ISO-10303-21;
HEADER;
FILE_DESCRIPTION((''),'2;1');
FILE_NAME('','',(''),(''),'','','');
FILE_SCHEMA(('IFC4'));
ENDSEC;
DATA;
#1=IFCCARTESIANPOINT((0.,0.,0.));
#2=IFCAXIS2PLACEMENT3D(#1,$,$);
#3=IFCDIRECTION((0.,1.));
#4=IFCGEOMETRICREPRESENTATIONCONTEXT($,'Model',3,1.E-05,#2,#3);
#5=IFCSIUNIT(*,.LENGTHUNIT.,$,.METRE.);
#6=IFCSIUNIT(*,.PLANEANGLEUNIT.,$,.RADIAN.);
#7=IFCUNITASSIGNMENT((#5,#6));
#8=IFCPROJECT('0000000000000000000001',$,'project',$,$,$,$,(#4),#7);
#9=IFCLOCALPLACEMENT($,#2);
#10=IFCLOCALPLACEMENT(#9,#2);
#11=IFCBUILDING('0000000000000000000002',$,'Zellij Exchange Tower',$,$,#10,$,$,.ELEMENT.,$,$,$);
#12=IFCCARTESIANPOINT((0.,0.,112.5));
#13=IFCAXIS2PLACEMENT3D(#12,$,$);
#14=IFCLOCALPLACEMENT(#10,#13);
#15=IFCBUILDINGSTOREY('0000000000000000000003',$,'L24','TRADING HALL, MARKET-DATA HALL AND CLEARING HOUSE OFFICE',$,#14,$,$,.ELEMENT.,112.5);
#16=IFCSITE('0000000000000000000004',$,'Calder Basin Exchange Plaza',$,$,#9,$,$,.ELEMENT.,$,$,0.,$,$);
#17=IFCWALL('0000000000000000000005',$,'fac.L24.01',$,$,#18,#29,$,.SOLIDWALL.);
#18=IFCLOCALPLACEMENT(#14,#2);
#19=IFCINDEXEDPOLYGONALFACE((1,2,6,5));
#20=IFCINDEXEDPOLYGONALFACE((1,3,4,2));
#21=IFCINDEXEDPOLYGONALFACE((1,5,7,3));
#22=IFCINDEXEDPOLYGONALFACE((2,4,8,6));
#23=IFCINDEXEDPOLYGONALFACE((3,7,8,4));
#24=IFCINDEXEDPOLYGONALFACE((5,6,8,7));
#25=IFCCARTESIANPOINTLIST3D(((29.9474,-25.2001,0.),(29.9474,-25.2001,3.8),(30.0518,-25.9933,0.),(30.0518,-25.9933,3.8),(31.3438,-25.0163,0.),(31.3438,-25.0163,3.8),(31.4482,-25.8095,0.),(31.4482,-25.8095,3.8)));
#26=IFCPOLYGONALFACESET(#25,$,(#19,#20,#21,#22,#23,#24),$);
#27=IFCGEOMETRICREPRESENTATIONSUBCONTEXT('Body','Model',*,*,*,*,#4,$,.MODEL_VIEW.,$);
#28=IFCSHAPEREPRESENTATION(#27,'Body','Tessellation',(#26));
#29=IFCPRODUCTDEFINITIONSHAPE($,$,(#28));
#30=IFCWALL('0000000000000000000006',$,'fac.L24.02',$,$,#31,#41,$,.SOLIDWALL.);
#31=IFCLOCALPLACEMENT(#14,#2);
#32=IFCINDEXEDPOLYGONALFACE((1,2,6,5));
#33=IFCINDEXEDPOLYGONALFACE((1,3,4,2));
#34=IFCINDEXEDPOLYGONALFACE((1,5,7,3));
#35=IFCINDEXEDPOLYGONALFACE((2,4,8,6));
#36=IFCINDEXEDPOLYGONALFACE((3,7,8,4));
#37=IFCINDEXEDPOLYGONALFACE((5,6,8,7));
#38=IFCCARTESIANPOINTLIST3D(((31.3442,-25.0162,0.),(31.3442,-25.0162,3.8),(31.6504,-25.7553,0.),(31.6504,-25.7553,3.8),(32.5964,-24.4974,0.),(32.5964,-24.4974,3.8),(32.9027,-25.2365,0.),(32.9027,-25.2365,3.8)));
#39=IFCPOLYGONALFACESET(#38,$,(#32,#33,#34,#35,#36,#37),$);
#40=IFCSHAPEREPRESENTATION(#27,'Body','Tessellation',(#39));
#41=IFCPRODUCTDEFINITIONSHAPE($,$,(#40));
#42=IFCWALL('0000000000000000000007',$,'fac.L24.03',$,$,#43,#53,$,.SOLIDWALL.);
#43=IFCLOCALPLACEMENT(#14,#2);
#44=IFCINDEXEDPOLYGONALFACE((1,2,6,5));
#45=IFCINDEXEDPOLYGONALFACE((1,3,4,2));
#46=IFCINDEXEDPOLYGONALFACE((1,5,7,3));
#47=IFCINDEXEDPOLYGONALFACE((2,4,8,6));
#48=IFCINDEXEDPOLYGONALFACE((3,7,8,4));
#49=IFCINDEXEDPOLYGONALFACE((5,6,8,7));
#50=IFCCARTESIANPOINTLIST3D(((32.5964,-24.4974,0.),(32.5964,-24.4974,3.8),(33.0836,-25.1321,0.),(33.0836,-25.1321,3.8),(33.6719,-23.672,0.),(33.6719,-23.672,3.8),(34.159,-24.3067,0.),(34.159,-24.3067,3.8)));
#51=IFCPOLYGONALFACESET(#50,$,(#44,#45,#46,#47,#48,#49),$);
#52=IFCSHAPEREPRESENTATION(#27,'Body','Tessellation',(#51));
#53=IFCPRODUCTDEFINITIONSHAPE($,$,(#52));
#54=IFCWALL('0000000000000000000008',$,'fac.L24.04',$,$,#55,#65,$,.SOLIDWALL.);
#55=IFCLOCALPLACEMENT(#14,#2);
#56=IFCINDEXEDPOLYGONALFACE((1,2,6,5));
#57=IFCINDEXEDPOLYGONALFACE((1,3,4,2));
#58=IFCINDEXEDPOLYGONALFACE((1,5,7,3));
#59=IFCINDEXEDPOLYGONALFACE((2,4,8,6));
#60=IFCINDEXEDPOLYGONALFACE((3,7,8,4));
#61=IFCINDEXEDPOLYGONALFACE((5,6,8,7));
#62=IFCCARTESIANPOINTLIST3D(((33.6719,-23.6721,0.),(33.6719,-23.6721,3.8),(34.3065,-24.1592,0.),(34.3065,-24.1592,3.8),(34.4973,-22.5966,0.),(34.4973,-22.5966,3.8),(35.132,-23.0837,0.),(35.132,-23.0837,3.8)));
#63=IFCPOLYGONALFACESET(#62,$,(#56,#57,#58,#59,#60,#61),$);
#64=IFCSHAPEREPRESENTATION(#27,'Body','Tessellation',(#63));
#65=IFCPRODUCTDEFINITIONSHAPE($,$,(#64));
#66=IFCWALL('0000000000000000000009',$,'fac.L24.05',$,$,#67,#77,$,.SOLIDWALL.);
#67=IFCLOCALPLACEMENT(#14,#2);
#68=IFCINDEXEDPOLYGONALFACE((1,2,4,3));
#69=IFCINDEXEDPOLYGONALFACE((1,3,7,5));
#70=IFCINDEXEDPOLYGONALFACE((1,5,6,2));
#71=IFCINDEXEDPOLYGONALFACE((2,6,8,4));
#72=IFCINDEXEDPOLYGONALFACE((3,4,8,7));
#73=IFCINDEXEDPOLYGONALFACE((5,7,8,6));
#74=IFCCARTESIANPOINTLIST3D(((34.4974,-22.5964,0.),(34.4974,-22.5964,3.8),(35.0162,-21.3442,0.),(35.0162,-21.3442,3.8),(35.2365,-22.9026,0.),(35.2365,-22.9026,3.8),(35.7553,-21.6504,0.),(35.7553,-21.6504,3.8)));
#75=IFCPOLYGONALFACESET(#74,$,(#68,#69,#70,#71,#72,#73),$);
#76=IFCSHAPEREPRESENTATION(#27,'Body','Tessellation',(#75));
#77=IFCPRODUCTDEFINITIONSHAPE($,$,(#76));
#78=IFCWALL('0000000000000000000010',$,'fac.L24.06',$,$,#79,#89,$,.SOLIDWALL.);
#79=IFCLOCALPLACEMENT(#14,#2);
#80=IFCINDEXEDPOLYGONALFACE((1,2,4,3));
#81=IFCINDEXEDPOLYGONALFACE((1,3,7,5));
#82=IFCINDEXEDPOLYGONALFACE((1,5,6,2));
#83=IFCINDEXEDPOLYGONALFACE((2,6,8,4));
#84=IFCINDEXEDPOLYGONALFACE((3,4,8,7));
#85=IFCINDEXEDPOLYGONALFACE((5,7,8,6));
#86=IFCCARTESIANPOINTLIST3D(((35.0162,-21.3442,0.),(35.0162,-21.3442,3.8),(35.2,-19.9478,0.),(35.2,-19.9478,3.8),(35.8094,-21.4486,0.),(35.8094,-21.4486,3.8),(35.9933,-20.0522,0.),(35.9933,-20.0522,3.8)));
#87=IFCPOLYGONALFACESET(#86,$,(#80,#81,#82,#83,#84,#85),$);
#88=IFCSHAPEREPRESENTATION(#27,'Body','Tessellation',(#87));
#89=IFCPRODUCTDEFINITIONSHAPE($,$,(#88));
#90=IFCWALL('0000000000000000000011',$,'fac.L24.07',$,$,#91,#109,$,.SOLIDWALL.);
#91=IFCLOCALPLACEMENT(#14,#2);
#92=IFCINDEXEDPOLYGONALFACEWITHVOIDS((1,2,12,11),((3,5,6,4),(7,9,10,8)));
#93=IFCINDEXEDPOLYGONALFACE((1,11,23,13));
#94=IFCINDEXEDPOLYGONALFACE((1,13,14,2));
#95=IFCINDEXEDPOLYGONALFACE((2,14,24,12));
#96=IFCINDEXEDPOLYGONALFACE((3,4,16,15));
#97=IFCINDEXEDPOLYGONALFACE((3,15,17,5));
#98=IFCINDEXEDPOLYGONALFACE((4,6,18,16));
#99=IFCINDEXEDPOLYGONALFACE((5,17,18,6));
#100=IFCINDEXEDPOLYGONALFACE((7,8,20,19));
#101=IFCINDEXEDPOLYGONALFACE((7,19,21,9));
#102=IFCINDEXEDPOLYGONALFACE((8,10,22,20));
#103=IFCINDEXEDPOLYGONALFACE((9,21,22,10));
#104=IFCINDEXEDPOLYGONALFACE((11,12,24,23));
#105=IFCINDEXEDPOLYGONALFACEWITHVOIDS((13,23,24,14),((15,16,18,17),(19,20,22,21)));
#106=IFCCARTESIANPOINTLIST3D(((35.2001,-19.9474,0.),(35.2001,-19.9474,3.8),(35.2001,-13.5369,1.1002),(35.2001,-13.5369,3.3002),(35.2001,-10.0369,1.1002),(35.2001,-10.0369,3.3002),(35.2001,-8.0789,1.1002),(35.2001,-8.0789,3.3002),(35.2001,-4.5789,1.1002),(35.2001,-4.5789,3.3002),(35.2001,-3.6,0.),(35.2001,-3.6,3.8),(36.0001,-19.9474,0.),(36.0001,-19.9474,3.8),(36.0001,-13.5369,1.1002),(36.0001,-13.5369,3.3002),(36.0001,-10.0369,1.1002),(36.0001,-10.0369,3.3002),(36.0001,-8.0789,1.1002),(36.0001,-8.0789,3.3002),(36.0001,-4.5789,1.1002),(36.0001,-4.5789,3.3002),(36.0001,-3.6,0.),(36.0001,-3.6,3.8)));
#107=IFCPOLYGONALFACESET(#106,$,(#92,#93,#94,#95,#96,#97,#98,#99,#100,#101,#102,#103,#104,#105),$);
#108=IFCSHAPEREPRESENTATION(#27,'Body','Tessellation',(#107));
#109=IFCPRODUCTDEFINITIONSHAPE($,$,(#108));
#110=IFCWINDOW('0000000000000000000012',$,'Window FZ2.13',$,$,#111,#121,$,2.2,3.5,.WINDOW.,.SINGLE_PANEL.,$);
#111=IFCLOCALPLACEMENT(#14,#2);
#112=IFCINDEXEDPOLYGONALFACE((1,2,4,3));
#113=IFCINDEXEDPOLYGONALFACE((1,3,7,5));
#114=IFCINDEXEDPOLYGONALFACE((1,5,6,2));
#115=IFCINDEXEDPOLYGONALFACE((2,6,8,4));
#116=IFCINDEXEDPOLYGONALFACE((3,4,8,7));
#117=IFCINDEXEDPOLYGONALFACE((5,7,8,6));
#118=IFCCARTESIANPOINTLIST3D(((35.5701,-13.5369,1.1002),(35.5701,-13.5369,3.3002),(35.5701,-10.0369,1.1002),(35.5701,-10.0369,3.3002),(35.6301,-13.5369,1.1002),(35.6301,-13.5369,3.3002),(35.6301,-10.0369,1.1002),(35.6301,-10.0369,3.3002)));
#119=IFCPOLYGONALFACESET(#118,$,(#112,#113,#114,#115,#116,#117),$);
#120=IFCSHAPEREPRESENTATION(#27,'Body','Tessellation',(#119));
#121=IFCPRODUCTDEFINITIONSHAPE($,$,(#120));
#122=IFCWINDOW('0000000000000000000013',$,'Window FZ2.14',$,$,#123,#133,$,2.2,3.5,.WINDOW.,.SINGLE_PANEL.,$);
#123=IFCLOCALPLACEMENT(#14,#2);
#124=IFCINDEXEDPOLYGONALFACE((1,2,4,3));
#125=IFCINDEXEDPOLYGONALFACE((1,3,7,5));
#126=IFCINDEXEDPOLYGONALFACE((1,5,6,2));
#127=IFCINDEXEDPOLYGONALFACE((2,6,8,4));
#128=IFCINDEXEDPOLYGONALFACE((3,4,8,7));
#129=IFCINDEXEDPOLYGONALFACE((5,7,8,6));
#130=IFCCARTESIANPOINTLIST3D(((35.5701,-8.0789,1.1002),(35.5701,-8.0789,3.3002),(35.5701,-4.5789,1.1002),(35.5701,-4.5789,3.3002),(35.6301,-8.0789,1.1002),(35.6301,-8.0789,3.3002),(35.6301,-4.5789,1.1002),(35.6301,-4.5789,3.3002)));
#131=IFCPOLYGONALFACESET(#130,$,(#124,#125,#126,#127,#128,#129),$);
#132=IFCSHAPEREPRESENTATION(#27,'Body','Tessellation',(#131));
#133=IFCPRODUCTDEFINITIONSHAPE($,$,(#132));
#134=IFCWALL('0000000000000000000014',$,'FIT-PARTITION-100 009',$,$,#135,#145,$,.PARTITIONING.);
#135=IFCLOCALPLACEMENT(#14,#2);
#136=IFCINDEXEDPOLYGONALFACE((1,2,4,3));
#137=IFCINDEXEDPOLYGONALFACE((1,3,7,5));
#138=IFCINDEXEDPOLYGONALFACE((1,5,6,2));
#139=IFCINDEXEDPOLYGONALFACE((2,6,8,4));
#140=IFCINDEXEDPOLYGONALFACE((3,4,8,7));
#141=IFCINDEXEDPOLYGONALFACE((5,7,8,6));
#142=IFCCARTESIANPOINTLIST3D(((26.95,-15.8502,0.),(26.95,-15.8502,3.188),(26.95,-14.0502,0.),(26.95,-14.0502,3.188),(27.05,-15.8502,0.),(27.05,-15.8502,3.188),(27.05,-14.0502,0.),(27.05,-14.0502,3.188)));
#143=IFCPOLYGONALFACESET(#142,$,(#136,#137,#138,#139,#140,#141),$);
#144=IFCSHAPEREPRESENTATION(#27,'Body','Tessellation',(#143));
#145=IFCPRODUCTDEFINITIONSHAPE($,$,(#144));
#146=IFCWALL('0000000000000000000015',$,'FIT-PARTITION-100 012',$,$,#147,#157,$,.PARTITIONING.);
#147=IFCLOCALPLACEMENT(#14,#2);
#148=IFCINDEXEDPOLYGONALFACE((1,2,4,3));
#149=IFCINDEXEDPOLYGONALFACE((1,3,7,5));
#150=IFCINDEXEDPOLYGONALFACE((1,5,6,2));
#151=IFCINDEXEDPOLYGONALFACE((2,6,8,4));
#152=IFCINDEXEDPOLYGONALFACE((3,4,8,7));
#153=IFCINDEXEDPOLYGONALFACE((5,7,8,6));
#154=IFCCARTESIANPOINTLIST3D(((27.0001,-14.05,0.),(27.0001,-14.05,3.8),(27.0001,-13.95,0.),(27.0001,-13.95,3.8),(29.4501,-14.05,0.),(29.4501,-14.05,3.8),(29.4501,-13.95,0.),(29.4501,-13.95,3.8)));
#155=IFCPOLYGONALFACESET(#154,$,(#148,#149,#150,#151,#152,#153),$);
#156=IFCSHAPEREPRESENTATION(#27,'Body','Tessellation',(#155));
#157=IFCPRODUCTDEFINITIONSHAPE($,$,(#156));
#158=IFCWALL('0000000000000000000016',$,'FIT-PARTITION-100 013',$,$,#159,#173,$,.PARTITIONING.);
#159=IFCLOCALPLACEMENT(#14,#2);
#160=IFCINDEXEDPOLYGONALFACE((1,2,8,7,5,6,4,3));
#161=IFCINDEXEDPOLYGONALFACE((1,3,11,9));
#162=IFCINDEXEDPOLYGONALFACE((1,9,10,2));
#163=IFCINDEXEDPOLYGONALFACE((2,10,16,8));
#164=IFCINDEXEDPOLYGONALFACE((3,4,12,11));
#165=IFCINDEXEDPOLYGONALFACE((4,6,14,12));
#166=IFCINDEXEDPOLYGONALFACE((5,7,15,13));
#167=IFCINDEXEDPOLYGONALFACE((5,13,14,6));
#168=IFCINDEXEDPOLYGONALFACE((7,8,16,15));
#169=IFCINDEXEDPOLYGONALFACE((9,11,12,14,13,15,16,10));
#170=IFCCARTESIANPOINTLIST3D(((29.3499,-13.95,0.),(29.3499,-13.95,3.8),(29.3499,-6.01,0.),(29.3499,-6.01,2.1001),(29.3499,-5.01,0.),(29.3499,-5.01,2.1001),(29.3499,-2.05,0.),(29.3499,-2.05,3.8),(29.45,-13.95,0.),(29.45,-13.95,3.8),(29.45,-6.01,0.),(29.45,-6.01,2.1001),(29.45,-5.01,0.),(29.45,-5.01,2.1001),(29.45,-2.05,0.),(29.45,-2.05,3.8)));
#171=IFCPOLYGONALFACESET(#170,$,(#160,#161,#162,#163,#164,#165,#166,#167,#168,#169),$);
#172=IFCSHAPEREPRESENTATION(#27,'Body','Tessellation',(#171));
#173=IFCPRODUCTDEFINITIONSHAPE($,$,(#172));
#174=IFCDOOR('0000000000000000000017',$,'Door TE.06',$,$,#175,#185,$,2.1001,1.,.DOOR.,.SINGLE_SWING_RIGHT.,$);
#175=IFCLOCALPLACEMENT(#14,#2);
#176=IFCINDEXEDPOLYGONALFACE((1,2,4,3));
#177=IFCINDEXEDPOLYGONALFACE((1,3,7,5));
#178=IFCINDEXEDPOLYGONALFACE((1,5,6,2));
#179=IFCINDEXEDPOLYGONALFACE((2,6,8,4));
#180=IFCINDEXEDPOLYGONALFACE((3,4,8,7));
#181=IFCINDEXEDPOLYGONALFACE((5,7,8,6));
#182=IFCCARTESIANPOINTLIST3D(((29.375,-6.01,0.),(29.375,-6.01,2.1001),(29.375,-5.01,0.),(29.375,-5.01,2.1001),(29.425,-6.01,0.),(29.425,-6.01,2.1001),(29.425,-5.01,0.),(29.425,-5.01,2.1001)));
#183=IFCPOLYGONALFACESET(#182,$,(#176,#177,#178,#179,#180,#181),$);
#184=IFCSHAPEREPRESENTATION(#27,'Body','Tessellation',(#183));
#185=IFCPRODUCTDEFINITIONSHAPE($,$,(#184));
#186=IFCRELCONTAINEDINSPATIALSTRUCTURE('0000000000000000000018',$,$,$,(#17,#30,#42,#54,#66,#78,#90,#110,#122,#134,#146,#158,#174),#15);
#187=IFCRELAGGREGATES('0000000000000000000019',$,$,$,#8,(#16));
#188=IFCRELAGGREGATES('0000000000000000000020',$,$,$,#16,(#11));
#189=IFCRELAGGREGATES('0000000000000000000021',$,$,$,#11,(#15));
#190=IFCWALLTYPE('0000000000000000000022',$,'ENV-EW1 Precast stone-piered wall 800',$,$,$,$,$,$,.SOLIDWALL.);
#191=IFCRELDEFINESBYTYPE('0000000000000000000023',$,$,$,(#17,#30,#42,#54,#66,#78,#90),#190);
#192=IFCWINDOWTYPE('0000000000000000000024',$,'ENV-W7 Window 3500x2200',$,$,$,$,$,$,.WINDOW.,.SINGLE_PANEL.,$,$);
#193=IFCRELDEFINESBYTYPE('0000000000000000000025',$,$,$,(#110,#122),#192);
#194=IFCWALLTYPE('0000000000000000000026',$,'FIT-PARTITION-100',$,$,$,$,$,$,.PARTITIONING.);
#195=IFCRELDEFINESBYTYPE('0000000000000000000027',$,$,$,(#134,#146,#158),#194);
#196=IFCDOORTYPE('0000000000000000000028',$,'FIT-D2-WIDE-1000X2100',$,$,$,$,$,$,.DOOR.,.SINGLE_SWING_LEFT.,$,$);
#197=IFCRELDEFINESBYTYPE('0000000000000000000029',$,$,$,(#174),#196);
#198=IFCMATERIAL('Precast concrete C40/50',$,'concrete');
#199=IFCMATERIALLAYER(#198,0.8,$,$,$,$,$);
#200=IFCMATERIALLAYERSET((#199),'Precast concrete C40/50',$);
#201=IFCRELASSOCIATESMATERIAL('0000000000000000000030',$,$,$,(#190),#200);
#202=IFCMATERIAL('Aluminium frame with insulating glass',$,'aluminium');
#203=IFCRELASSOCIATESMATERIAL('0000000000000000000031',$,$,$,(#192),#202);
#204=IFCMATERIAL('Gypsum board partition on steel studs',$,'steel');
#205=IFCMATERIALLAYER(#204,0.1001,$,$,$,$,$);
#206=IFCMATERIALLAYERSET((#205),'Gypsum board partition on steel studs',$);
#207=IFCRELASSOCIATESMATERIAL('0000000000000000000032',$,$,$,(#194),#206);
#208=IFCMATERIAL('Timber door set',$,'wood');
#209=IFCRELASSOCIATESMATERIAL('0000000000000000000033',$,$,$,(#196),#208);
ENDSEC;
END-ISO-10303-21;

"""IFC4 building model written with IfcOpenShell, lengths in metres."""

from ifc_helpers import new_model, si_unit, direction, frame, frame_2d, origin, place, context, subcontext, project, spatial, rectangle, extrude, material, layer, layer_set, type_object, element, fill, save


model = new_model("IFC4")

# Units and contexts
model_context = context("Model", 3, precision=1e-05, world=origin(), true_north=direction((0.0, 1.0)))
body_context = subcontext(model_context, "Body", "Model", "MODEL_VIEW")
ifc_project = project(units=[si_unit("LENGTHUNIT", "METRE"), si_unit("PLANEANGLEUNIT", "RADIAN")], contexts=[model_context])

# Site, building, storey
site_placement = place(None, origin())
site = spatial("IfcSite", under=ifc_project, at=site_placement, Name="Calder Basin Exchange Plaza", CompositionType="ELEMENT", RefElevation=0.0)
building_placement = place(site_placement, origin())
building = spatial("IfcBuilding", under=site, at=building_placement, Name="Zellij Exchange Tower", CompositionType="ELEMENT")
storey_placement = place(building_placement, frame((0.0, 0.0, 112.5)))
storey = spatial("IfcBuildingStorey", under=building, at=storey_placement, Name="L24", Description="TRADING HALL, MARKET-DATA HALL AND CLEARING HOUSE OFFICE", CompositionType="ELEMENT", Elevation=112.5)

# Walls
ifc_material_1 = material(Name="Precast concrete C40/50", Category="concrete")
ifc_layer_1 = layer(ifc_material_1, 0.8)
ifc_layer_set_1 = layer_set([ifc_layer_1], Name="Precast concrete C40/50")
wall_type_1 = type_object("IfcWallType", Name="ENV-EW1 Precast stone-piered wall 800", PredefinedType="SOLIDWALL", material=ifc_layer_set_1)
wall_1_placement = place(storey_placement, frame((29.9998, -25.5967, 0.0), z_axis=(0.0, 0.0, 1.0), x_axis=(0.991446, 0.130517, 0.0)))
element("IfcWall", 1, at=wall_1_placement, inside=storey, type_object=wall_type_1, Name="fac.L24.01", PredefinedType="SOLIDWALL", context=body_context, shape_type="SweptSolid", body=[
    extrude(rectangle(XDim=1.4084, YDim=0.8, at=frame_2d((0.7041, 0.0))), origin(), (0.0, 0.0, 1.0), 3.8),
])
wall_2_placement = place(storey_placement, frame((31.4973, -25.3857, 0.0), z_axis=(0.0, 0.0, 1.0), x_axis=(0.923848, 0.38276, 0.0)))
element("IfcWall", 2, at=wall_2_placement, inside=storey, type_object=wall_type_1, Name="fac.L24.02", PredefinedType="SOLIDWALL", context=body_context, shape_type="SweptSolid", body=[
    extrude(rectangle(XDim=1.3555, YDim=0.8, at=frame_2d((0.6777, 0.0))), origin(), (0.0, 0.0, 1.0), 3.8),
])
for number, where, z_axis, x_axis, name in (
    (3, (32.8401, -24.8147, 0.0), (0.0, 0.0, 1.0), (0.793273, 0.608866, 0.0), "fac.L24.03"),
    (4, (33.9893, -23.9155, 0.0), (0.0, 0.0, 1.0), (0.608866, 0.793273, 0.0), "fac.L24.04"),
):
    element("IfcWall", number, at=place(storey_placement, frame(where, z_axis=z_axis, x_axis=x_axis)), inside=storey, type_object=wall_type_1, Name=name, PredefinedType="SOLIDWALL", context=body_context, shape_type="SweptSolid", body=[
        extrude(rectangle(XDim=1.3557, YDim=0.8, at=frame_2d((0.6777, 0.0))), origin(), (0.0, 0.0, 1.0), 3.8),
    ])
wall_3_placement = place(storey_placement, frame((34.8669, -22.7495, 0.0), z_axis=(0.0, 0.0, 1.0), x_axis=(0.38276, 0.923848, 0.0)))
element("IfcWall", 5, at=wall_3_placement, inside=storey, type_object=wall_type_1, Name="fac.L24.05", PredefinedType="SOLIDWALL", context=body_context, shape_type="SweptSolid", body=[
    extrude(rectangle(XDim=1.3555, YDim=0.8, at=frame_2d((0.6777, 0.0))), origin(), (0.0, 0.0, 1.0), 3.8),
])
wall_4_placement = place(storey_placement, frame((35.4128, -21.3962, 0.0), z_axis=(0.0, 0.0, 1.0), x_axis=(0.130517, 0.991446, 0.0)))
element("IfcWall", 6, at=wall_4_placement, inside=storey, type_object=wall_type_1, Name="fac.L24.06", PredefinedType="SOLIDWALL", context=body_context, shape_type="SweptSolid", body=[
    extrude(rectangle(XDim=1.4084, YDim=0.8, at=frame_2d((0.7041, 0.0))), origin(), (0.0, 0.0, 1.0), 3.8),
])

# Wall, openings, windows
wall_5_placement = place(storey_placement, frame((35.6001, -19.9475, 0.0), z_axis=(0.0, 0.0, 1.0), x_axis=(0.0, 1.0, 0.0)))
wall_5 = element("IfcWall", 7, at=wall_5_placement, inside=storey, type_object=wall_type_1, Name="fac.L24.07", PredefinedType="SOLIDWALL", context=body_context, shape_type="SweptSolid", body=[
    extrude(rectangle(XDim=16.3474, YDim=0.8, at=frame_2d((8.1738, 0.0))), origin(), (0.0, 0.0, 1.0), 3.8),
])
opening_1_placement = place(wall_5_placement, frame((6.4106, 0.0, 1.1001)))
opening_1 = element("IfcOpeningElement", 8, at=opening_1_placement, cuts=wall_5, PredefinedType="OPENING", context=body_context, shape_type="SweptSolid", body=[
    extrude(rectangle(XDim=3.5, YDim=2.2, at=frame_2d((1.75, 1.1001))), frame((0.0, 0.4121, 0.0), z_axis=(0.0, -1.0, 0.0), x_axis=(1.0, 0.0, 0.0)), (0.0, 0.0, 1.0), 0.824),
])
opening_2_placement = place(wall_5_placement, frame((11.8687, 0.0, 1.1001)))
opening_2 = element("IfcOpeningElement", 9, at=opening_2_placement, cuts=wall_5, PredefinedType="OPENING", context=body_context, shape_type="SweptSolid", body=[
    extrude(rectangle(XDim=3.5, YDim=2.2, at=frame_2d((1.75, 1.1001))), frame((0.0, 0.4121, 0.0), z_axis=(0.0, -1.0, 0.0), x_axis=(1.0, 0.0, 0.0)), (0.0, 0.0, 1.0), 0.824),
])
ifc_material_2 = material(Name="Aluminium frame with insulating glass", Category="aluminium")
window_type = type_object("IfcWindowType", Name="ENV-W7 Window 3500x2200", PartitioningType="SINGLE_PANEL", PredefinedType="WINDOW", material=ifc_material_2)
window_1_placement = place(opening_1_placement, origin())
window_1 = element("IfcWindow", 10, at=window_1_placement, inside=storey, type_object=window_type, Name="Window FZ2.13", OverallHeight=2.2, OverallWidth=3.5, PartitioningType="SINGLE_PANEL", PredefinedType="WINDOW", context=body_context, shape_type="SweptSolid", body=[
    extrude(rectangle(XDim=3.5, YDim=2.2, at=frame_2d((1.75, 1.1001))), frame((0.0, 0.03, 0.0), z_axis=(0.0, -1.0, 0.0), x_axis=(1.0, 0.0, 0.0)), (0.0, 0.0, 1.0), 0.0601),
])
fill(opening_1, window_1)
window_2_placement = place(opening_2_placement, origin())
window_2 = element("IfcWindow", 11, at=window_2_placement, inside=storey, type_object=window_type, Name="Window FZ2.14", OverallHeight=2.2, OverallWidth=3.5, PartitioningType="SINGLE_PANEL", PredefinedType="WINDOW", context=body_context, shape_type="SweptSolid", body=[
    extrude(rectangle(XDim=3.5, YDim=2.2, at=frame_2d((1.75, 1.1001))), frame((0.0, 0.03, 0.0), z_axis=(0.0, -1.0, 0.0), x_axis=(1.0, 0.0, 0.0)), (0.0, 0.0, 1.0), 0.0601),
])
fill(opening_2, window_2)

# Walls
ifc_material_3 = material(Name="Gypsum board partition on steel studs", Category="steel")
ifc_layer_2 = layer(ifc_material_3, 0.1001)
ifc_layer_set_2 = layer_set([ifc_layer_2], Name="Gypsum board partition on steel studs")
wall_type_2 = type_object("IfcWallType", Name="FIT-PARTITION-100", PredefinedType="PARTITIONING", material=ifc_layer_set_2)
wall_6_placement = place(storey_placement, frame((27.0, -15.8501, 0.0), z_axis=(0.0, 0.0, 1.0), x_axis=(0.0, 1.0, 0.0)))
element("IfcWall", 12, at=wall_6_placement, inside=storey, type_object=wall_type_2, Name="FIT-PARTITION-100 009", PredefinedType="PARTITIONING", context=body_context, shape_type="SweptSolid", body=[
    extrude(rectangle(XDim=1.8, YDim=0.1001, at=frame_2d((0.8999, 0.0))), origin(), (0.0, 0.0, 1.0), 3.188),
])
wall_7_placement = place(storey_placement, frame((27.0, -14.0, 0.0), z_axis=(0.0, 0.0, 1.0), x_axis=(1.0, 0.0, 0.0)))
element("IfcWall", 13, at=wall_7_placement, inside=storey, type_object=wall_type_2, Name="FIT-PARTITION-100 012", PredefinedType="PARTITIONING", context=body_context, shape_type="SweptSolid", body=[
    extrude(rectangle(XDim=2.45, YDim=0.1001, at=frame_2d((1.2251, 0.0))), origin(), (0.0, 0.0, 1.0), 3.8),
])

# Wall, opening, door
wall_8_placement = place(storey_placement, frame((29.3999, -13.95, 0.0), z_axis=(0.0, 0.0, 1.0), x_axis=(0.0, 1.0, 0.0)))
wall_8 = element("IfcWall", 14, at=wall_8_placement, inside=storey, type_object=wall_type_2, Name="FIT-PARTITION-100 013", PredefinedType="PARTITIONING", context=body_context, shape_type="SweptSolid", body=[
    extrude(rectangle(XDim=11.8999, YDim=0.1001, at=frame_2d((5.95, 0.0))), origin(), (0.0, 0.0, 1.0), 3.8),
])
opening_3_placement = place(wall_8_placement, frame((7.9399, 0.0, 0.0)))
opening_3 = element("IfcOpeningElement", 15, at=opening_3_placement, cuts=wall_8, PredefinedType="OPENING", context=body_context, shape_type="SweptSolid", body=[
    extrude(rectangle(XDim=1.0, YDim=2.1001, at=frame_2d((0.5, 1.05))), frame((0.0, 0.062, 0.0), z_axis=(0.0, -1.0, 0.0), x_axis=(1.0, 0.0, 0.0)), (0.0, 0.0, 1.0), 0.124),
])
ifc_material_4 = material(Name="Timber door set", Category="wood")
door_type = type_object("IfcDoorType", Name="FIT-D2-WIDE-1000X2100", OperationType="SINGLE_SWING_LEFT", PredefinedType="DOOR", material=ifc_material_4)
door_placement = place(opening_3_placement, origin())
door = element("IfcDoor", 16, at=door_placement, inside=storey, type_object=door_type, Name="Door TE.06", OperationType="SINGLE_SWING_RIGHT", OverallHeight=2.1001, OverallWidth=1.0, PredefinedType="DOOR", context=body_context, shape_type="SweptSolid", body=[
    extrude(rectangle(XDim=1.0, YDim=2.1001, at=frame_2d((0.5, 1.05))), frame((0.0, 0.0249, 0.0), z_axis=(0.0, -1.0, 0.0), x_axis=(1.0, 0.0, 0.0)), (0.0, 0.0, 1.0), 0.05),
])
fill(opening_3, door)

save(model, "model.ifc")
